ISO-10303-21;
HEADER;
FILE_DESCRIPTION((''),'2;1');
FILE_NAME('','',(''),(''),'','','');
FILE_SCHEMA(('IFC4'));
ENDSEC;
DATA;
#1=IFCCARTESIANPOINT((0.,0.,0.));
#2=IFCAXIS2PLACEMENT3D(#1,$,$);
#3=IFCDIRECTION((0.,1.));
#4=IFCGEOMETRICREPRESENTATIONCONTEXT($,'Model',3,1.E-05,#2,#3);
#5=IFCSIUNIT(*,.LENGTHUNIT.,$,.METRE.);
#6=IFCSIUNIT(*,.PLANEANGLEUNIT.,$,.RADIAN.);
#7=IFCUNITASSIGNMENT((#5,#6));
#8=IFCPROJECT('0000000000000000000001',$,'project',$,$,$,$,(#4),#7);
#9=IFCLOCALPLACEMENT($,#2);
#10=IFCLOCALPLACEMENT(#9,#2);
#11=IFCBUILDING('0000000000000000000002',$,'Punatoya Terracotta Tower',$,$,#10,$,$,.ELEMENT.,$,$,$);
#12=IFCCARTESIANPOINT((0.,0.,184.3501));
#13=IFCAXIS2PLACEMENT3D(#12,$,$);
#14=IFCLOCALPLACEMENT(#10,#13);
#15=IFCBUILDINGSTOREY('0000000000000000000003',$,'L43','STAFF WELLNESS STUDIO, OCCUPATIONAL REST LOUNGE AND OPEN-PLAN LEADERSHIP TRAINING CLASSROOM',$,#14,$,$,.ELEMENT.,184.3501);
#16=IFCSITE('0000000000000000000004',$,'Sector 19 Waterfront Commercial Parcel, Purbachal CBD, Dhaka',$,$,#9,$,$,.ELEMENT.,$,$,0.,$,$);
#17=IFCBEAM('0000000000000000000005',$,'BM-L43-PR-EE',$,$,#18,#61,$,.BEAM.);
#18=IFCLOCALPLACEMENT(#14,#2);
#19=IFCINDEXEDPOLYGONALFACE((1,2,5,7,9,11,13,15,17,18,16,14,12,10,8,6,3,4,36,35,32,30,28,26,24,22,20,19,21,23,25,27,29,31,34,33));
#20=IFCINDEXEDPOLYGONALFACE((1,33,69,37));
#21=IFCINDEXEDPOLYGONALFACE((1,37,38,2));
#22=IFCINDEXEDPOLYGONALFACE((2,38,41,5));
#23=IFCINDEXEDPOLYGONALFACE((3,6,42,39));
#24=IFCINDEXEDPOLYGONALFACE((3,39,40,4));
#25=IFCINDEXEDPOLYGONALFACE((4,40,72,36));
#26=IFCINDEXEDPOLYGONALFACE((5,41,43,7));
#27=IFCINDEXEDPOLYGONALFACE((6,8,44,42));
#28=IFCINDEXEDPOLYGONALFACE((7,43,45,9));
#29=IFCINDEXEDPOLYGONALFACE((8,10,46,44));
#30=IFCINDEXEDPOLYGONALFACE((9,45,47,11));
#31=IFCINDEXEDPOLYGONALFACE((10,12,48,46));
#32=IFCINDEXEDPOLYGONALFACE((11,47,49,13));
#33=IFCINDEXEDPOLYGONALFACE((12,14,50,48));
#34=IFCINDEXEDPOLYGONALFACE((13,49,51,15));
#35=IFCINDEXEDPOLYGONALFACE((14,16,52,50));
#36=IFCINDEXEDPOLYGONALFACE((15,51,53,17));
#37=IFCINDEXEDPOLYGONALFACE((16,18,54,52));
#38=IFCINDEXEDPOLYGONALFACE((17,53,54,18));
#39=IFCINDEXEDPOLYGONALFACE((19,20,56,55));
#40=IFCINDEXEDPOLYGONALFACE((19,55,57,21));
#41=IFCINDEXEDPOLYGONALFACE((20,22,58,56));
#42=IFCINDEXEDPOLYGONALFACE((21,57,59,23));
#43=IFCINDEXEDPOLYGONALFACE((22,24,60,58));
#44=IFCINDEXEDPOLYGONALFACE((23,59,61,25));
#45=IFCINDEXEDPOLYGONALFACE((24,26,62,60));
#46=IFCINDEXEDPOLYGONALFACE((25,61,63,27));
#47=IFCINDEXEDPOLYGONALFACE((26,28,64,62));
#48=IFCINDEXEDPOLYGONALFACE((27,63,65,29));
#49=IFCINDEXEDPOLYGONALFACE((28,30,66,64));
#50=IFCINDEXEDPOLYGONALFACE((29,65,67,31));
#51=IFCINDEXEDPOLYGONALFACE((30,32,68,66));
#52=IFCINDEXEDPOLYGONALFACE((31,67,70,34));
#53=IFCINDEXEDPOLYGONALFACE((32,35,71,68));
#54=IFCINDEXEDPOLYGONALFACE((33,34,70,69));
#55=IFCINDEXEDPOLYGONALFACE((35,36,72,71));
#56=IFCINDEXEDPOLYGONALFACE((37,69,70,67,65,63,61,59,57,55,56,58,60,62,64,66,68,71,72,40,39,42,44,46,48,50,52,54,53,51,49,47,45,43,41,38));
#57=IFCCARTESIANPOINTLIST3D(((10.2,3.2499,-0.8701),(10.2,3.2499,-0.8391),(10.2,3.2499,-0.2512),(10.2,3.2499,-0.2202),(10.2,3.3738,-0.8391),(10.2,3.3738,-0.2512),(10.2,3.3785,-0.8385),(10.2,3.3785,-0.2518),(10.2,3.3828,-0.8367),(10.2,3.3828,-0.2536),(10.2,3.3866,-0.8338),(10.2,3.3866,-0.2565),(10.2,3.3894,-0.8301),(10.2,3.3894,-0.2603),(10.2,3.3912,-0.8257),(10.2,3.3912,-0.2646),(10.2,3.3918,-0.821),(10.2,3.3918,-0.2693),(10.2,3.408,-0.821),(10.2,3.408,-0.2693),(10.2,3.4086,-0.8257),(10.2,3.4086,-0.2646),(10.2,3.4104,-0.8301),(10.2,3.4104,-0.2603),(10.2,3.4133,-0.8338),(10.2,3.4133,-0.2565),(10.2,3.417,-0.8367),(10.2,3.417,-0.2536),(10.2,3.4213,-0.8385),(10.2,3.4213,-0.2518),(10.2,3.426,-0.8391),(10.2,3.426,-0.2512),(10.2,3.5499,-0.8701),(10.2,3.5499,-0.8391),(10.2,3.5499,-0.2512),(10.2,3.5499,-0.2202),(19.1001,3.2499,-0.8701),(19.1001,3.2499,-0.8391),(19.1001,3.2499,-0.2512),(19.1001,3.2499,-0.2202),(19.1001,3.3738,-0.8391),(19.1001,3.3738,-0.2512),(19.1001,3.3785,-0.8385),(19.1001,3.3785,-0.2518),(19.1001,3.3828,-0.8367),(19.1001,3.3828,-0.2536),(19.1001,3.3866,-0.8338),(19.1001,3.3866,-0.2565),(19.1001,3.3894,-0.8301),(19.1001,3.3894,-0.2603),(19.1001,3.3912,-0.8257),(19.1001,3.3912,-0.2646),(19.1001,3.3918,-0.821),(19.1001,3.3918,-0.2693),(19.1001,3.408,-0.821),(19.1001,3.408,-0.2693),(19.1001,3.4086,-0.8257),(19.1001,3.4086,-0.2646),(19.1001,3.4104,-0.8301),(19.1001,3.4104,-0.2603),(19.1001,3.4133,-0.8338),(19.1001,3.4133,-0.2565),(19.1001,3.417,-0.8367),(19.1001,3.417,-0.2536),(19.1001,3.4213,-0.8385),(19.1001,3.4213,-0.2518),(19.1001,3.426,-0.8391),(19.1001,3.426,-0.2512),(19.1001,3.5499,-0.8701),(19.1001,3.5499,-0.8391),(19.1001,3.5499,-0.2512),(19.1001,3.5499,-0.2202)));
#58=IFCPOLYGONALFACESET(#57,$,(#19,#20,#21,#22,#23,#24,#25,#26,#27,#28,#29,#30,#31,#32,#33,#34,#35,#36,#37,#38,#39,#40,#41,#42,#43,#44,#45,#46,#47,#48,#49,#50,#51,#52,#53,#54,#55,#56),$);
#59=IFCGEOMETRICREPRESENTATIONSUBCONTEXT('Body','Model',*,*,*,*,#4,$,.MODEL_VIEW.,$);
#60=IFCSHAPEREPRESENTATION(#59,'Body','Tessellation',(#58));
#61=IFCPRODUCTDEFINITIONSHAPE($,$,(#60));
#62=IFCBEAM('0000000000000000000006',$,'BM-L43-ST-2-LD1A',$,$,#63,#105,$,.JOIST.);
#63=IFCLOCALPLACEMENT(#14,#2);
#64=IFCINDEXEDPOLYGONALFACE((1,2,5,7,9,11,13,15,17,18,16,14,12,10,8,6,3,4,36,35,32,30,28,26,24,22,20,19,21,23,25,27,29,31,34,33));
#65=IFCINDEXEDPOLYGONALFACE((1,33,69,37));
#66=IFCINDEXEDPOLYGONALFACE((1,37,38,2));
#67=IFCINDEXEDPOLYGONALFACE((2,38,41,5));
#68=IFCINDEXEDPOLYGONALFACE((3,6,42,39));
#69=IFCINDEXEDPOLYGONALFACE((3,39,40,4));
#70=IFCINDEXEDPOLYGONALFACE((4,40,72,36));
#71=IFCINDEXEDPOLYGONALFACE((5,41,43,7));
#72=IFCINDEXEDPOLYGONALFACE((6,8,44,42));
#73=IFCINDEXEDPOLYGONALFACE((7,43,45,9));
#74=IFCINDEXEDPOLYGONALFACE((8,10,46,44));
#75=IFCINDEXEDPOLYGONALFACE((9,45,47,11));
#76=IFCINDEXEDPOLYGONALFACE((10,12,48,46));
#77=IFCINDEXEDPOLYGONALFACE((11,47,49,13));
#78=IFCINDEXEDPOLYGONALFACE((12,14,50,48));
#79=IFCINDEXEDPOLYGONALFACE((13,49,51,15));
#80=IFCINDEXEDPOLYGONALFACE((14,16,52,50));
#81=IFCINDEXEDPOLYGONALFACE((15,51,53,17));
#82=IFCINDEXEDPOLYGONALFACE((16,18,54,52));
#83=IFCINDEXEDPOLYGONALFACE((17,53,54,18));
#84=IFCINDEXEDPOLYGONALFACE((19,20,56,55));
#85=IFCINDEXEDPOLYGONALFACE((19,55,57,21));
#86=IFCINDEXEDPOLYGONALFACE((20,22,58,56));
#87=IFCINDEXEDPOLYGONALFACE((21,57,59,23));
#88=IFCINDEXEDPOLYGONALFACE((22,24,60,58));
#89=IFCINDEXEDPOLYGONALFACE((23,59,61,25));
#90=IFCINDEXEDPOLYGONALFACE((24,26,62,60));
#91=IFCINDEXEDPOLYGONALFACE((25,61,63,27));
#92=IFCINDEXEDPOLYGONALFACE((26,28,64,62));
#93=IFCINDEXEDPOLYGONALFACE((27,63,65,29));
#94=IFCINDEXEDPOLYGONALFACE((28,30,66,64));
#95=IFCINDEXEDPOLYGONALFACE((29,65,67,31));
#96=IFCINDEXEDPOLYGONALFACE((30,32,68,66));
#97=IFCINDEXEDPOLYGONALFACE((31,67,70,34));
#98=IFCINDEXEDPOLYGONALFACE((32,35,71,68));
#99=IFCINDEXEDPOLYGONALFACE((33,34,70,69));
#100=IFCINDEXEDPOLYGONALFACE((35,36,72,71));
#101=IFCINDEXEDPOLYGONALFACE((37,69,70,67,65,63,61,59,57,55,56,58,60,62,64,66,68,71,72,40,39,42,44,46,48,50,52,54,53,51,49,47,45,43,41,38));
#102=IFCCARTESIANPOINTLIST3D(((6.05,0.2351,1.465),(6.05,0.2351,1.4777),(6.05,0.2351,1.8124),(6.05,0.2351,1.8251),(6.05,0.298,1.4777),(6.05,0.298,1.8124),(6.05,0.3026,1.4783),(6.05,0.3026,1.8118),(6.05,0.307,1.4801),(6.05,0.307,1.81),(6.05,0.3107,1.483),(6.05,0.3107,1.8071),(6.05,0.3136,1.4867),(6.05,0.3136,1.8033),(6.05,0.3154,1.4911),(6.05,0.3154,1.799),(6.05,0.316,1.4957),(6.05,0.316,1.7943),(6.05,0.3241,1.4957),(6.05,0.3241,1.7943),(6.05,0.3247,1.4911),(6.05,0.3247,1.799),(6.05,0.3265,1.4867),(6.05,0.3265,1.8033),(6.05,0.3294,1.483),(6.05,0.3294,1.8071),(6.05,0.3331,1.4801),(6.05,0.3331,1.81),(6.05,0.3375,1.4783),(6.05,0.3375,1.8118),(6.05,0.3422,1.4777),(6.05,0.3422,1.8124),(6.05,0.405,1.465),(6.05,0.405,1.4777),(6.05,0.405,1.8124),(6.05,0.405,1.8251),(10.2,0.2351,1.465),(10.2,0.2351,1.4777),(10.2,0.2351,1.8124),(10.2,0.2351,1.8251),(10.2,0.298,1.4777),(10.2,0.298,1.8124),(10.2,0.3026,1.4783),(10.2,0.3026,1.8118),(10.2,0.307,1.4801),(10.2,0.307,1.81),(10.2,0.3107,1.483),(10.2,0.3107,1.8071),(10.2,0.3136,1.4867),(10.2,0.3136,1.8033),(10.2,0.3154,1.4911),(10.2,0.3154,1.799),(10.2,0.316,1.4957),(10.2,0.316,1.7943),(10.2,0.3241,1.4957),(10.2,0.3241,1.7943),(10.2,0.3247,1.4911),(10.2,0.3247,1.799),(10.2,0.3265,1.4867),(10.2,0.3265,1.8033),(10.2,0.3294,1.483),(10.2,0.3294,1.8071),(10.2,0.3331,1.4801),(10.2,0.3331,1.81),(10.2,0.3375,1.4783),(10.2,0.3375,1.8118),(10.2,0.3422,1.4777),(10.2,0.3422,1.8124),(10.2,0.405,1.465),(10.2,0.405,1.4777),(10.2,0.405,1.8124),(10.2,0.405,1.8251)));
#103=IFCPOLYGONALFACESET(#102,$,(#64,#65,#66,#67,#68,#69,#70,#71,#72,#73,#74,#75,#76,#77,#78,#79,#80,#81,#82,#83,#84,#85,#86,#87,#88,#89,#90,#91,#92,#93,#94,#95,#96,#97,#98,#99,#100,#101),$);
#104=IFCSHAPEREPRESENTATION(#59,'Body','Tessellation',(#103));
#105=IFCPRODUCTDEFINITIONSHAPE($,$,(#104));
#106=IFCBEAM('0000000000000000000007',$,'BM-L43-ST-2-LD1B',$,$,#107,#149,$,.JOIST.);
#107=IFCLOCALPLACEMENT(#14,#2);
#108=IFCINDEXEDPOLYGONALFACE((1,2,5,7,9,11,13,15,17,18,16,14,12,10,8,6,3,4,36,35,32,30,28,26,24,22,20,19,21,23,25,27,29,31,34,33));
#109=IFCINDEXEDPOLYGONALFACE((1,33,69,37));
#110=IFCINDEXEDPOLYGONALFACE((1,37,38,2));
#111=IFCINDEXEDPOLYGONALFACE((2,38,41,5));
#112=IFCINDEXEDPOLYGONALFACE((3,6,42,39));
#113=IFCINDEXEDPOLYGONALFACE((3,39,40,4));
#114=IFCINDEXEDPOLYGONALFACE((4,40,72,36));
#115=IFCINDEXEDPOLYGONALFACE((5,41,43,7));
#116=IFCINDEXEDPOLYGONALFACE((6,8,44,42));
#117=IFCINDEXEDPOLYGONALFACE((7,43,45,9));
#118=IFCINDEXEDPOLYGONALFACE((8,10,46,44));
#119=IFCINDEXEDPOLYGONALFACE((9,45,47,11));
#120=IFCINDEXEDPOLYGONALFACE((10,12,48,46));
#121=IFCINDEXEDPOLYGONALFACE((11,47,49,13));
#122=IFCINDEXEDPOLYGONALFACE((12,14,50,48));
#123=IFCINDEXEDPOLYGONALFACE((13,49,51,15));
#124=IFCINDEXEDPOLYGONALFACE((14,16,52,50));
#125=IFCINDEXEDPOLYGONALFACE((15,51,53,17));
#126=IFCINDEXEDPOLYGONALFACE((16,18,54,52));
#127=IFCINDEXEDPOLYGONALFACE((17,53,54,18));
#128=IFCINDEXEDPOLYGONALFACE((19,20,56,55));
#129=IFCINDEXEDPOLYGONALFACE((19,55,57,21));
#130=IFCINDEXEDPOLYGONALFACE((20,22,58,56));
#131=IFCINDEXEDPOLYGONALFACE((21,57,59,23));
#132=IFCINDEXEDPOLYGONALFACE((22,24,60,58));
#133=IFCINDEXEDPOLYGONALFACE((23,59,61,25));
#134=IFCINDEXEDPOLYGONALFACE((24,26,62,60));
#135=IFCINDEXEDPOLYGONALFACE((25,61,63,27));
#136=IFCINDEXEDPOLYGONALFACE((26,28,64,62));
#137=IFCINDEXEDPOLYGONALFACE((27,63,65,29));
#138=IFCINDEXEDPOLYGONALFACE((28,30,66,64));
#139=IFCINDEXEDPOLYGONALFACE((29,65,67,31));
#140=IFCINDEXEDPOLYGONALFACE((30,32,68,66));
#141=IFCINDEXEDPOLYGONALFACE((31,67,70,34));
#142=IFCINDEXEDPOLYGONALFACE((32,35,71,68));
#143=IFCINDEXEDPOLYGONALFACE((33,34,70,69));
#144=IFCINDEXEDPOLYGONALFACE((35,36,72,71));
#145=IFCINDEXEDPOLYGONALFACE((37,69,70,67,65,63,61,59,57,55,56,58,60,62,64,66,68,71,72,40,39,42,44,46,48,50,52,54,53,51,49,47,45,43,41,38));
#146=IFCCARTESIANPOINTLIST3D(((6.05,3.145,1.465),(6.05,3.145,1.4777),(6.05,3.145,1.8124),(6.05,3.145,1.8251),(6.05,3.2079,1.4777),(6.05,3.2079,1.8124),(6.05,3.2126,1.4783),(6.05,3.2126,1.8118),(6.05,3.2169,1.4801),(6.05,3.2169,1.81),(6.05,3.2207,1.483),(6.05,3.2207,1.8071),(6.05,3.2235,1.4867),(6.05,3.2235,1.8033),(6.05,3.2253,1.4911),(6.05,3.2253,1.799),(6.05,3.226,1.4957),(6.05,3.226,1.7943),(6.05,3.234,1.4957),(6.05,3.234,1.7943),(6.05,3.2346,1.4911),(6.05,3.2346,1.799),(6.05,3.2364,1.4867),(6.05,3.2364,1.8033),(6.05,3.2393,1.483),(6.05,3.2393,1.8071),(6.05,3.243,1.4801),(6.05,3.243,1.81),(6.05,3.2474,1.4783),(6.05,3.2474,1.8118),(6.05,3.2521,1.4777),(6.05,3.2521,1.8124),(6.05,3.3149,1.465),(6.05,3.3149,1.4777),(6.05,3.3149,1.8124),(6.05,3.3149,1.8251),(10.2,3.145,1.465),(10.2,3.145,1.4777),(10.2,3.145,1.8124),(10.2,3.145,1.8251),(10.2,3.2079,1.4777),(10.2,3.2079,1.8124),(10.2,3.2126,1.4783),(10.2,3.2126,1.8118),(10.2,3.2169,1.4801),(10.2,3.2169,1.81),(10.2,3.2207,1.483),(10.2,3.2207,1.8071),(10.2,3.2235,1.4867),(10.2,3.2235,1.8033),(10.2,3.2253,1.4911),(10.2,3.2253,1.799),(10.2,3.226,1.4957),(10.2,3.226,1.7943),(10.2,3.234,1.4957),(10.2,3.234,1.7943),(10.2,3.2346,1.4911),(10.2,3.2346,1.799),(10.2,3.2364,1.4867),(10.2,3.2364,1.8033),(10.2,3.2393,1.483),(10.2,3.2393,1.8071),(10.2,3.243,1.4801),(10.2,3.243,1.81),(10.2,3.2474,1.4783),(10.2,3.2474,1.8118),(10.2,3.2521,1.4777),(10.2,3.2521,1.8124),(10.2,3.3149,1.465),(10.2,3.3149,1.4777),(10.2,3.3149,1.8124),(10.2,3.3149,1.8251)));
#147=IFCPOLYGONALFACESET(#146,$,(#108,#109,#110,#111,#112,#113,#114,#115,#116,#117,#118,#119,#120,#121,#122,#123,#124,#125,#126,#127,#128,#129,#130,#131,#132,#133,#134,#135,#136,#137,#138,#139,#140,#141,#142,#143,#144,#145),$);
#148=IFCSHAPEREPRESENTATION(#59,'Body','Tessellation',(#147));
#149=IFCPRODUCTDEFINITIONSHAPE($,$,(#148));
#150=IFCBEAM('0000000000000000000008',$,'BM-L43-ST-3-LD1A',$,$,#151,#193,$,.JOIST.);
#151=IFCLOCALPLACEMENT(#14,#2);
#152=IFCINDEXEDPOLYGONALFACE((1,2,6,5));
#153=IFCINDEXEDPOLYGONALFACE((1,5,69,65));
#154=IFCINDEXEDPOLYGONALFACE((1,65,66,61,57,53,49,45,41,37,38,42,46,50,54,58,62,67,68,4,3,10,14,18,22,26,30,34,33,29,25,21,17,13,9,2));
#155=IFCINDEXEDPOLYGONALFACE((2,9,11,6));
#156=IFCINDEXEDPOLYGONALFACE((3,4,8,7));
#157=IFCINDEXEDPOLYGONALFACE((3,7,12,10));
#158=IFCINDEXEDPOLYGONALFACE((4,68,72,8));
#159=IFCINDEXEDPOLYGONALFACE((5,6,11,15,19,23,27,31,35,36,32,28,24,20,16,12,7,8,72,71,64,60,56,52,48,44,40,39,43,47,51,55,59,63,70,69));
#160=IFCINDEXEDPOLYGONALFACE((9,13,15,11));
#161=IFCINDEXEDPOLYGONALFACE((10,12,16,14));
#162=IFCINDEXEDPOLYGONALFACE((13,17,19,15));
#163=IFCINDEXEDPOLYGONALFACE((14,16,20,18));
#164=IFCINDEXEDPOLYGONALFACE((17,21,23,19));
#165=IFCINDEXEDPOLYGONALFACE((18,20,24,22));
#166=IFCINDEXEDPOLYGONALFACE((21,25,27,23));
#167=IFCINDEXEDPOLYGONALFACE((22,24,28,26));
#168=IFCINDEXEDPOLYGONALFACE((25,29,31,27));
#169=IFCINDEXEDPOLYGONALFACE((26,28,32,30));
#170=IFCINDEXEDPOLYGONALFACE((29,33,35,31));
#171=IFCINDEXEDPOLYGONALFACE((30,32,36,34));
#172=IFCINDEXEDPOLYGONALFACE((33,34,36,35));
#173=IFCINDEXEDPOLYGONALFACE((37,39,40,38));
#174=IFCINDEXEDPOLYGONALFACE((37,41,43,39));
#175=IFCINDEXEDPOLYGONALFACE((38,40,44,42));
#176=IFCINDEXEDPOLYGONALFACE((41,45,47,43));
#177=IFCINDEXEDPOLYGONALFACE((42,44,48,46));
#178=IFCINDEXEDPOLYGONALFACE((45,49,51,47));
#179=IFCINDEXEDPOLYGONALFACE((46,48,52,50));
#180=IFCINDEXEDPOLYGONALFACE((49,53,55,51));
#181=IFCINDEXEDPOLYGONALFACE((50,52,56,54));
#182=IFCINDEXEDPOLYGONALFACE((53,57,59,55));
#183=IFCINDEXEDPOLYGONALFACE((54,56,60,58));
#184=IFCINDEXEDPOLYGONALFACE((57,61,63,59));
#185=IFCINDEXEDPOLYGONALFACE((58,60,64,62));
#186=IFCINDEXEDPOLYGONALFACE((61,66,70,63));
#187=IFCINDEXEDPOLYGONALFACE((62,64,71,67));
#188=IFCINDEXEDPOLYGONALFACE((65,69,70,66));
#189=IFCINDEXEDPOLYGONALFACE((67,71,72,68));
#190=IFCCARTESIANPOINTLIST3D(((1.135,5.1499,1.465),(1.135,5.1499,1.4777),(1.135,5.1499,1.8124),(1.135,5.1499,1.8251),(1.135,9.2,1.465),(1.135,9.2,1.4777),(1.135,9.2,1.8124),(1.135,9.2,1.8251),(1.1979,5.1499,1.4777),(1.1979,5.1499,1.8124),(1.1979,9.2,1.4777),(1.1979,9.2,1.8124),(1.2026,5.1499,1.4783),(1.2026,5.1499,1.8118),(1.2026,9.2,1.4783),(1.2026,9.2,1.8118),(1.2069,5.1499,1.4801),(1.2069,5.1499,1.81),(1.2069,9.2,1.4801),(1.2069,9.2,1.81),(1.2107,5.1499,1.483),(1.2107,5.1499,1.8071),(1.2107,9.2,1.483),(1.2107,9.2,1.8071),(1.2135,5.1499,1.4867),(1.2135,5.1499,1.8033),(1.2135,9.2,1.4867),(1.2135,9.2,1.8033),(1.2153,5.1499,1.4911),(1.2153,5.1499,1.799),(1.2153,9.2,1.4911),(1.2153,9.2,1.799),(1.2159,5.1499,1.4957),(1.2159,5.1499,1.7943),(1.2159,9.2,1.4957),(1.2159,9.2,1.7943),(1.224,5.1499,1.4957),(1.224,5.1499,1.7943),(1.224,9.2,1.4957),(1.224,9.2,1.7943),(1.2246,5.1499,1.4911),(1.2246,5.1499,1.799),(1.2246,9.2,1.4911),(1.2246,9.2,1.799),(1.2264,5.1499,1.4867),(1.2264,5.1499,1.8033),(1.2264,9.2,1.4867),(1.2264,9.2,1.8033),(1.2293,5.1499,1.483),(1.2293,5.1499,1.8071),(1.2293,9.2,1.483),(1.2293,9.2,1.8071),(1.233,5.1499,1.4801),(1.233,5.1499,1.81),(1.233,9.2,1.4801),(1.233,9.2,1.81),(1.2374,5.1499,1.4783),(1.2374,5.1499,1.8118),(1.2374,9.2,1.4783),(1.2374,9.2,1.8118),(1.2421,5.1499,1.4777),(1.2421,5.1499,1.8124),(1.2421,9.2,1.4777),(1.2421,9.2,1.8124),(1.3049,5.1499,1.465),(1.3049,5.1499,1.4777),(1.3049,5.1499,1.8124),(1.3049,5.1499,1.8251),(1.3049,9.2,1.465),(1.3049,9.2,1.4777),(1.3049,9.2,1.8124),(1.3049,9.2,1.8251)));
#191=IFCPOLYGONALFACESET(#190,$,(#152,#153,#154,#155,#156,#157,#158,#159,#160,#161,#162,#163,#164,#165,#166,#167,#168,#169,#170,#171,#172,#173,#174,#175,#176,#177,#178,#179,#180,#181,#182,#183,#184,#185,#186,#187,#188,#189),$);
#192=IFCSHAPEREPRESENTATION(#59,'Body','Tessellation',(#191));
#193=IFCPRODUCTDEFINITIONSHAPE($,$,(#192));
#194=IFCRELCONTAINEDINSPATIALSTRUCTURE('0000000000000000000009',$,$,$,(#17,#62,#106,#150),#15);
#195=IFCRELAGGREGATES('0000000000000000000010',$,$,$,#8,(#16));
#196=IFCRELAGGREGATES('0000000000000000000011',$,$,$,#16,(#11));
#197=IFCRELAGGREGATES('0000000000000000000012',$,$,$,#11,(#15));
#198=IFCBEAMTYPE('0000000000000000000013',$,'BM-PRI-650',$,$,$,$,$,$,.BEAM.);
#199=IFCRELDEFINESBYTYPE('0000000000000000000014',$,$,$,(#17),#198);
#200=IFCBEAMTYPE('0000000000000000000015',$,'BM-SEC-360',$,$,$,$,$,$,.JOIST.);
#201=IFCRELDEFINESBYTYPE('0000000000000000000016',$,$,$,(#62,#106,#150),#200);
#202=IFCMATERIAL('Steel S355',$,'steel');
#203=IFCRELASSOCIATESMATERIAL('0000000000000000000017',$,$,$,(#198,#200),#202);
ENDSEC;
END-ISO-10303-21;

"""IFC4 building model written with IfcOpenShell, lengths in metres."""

from ifc_helpers import new_model, si_unit, direction, frame, origin, origin_2d, place, context, subcontext, project, spatial, i_section, extrude, material, material_profile, profile_set, type_object, element, save


model = new_model("IFC4")

# Units and contexts
model_context = context("Model", 3, precision=1e-05, world=origin(), true_north=direction((0.0, 1.0)))
body_context = subcontext(model_context, "Body", "Model", "MODEL_VIEW")
ifc_project = project(units=[si_unit("LENGTHUNIT", "METRE"), si_unit("PLANEANGLEUNIT", "RADIAN")], contexts=[model_context])

# Site, building, storey
site_placement = place(None, origin())
site = spatial("IfcSite", under=ifc_project, at=site_placement, Name="Sector 19 Waterfront Commercial Parcel, Purbachal CBD, Dhaka", CompositionType="ELEMENT", RefElevation=0.0)
building_placement = place(site_placement, origin())
building = spatial("IfcBuilding", under=site, at=building_placement, Name="Punatoya Terracotta Tower", CompositionType="ELEMENT")
storey_placement = place(building_placement, frame((0.0, 0.0, 184.3501)))
storey = spatial("IfcBuildingStorey", under=building, at=storey_placement, Name="L43", Description="STAFF WELLNESS STUDIO, OCCUPATIONAL REST LOUNGE AND OPEN-PLAN LEADERSHIP TRAINING CLASSROOM", CompositionType="ELEMENT", Elevation=184.3501)

# Beams
ifc_material_1 = material(Name="Steel S355", Category="steel")
ifc_material_profile_1 = material_profile(ifc_material_1, i_section(OverallWidth=0.3, OverallDepth=0.6499, WebThickness=0.0161, FlangeThickness=0.031, FilletRadius=0.0181, at=origin_2d()))
ifc_profile_set_1 = profile_set([ifc_material_profile_1], Name="Steel S355")
beam_type_1 = type_object("IfcBeamType", Name="BM-PRI-650", PredefinedType="BEAM", material=ifc_profile_set_1)
beam_placement = place(storey_placement, frame((10.2, 3.3999, -0.5452), z_axis=(1.0, 0.0, 0.0), x_axis=(0.0, 1.0, 0.0)))
element("IfcBeam", 1, at=beam_placement, inside=storey, type_object=beam_type_1, Name="BM-L43-PR-EE", PredefinedType="BEAM", context=body_context, shape_type="SweptSolid", body=[
    extrude(i_section(OverallWidth=0.3, OverallDepth=0.6499, WebThickness=0.0161, FlangeThickness=0.031, FilletRadius=0.0181, at=origin_2d()), origin(), (0.0, 0.0, 1.0), 8.9001),
])
ifc_material_profile_2 = material_profile(ifc_material_1, i_section(OverallWidth=0.1699, OverallDepth=0.3601, WebThickness=0.0081, FlangeThickness=0.0127, FilletRadius=0.0181, at=origin_2d()))
ifc_profile_set_2 = profile_set([ifc_material_profile_2], Name="Steel S355")
beam_type_2 = type_object("IfcBeamType", Name="BM-SEC-360", PredefinedType="JOIST", material=ifc_profile_set_2)
for number, where, z_axis, x_axis, name in (
    (2, (6.05, 0.3201, 1.645), (1.0, 0.0, 0.0), (0.0, 1.0, 0.0), "BM-L43-ST-2-LD1A"),
    (3, (6.05, 3.23, 1.645), (1.0, 0.0, 0.0), (0.0, 1.0, 0.0), "BM-L43-ST-2-LD1B"),
):
    element("IfcBeam", number, at=place(storey_placement, frame(where, z_axis=z_axis, x_axis=x_axis)), inside=storey, type_object=beam_type_2, Name=name, PredefinedType="JOIST", context=body_context, shape_type="SweptSolid", body=[
        extrude(i_section(OverallWidth=0.1699, OverallDepth=0.3601, WebThickness=0.0081, FlangeThickness=0.0127, FilletRadius=0.0181, at=origin_2d()), origin(), (0.0, 0.0, 1.0), 4.1499),
    ])
for number, where, z_axis, x_axis, name in (
    (4, (1.22, 5.1499, 1.645), (0.0, 1.0, 0.0), (-1.0, 0.0, 0.0), "BM-L43-ST-3-LD1A"),
):
    element("IfcBeam", number, at=place(storey_placement, frame(where, z_axis=z_axis, x_axis=x_axis)), inside=storey, type_object=beam_type_2, Name=name, PredefinedType="JOIST", context=body_context, shape_type="SweptSolid", body=[
        extrude(i_section(OverallWidth=0.1699, OverallDepth=0.3601, WebThickness=0.0081, FlangeThickness=0.0127, FilletRadius=0.0181, at=origin_2d()), origin(), (0.0, 0.0, 1.0), 4.05),
    ])

save(model, "model.ifc")
